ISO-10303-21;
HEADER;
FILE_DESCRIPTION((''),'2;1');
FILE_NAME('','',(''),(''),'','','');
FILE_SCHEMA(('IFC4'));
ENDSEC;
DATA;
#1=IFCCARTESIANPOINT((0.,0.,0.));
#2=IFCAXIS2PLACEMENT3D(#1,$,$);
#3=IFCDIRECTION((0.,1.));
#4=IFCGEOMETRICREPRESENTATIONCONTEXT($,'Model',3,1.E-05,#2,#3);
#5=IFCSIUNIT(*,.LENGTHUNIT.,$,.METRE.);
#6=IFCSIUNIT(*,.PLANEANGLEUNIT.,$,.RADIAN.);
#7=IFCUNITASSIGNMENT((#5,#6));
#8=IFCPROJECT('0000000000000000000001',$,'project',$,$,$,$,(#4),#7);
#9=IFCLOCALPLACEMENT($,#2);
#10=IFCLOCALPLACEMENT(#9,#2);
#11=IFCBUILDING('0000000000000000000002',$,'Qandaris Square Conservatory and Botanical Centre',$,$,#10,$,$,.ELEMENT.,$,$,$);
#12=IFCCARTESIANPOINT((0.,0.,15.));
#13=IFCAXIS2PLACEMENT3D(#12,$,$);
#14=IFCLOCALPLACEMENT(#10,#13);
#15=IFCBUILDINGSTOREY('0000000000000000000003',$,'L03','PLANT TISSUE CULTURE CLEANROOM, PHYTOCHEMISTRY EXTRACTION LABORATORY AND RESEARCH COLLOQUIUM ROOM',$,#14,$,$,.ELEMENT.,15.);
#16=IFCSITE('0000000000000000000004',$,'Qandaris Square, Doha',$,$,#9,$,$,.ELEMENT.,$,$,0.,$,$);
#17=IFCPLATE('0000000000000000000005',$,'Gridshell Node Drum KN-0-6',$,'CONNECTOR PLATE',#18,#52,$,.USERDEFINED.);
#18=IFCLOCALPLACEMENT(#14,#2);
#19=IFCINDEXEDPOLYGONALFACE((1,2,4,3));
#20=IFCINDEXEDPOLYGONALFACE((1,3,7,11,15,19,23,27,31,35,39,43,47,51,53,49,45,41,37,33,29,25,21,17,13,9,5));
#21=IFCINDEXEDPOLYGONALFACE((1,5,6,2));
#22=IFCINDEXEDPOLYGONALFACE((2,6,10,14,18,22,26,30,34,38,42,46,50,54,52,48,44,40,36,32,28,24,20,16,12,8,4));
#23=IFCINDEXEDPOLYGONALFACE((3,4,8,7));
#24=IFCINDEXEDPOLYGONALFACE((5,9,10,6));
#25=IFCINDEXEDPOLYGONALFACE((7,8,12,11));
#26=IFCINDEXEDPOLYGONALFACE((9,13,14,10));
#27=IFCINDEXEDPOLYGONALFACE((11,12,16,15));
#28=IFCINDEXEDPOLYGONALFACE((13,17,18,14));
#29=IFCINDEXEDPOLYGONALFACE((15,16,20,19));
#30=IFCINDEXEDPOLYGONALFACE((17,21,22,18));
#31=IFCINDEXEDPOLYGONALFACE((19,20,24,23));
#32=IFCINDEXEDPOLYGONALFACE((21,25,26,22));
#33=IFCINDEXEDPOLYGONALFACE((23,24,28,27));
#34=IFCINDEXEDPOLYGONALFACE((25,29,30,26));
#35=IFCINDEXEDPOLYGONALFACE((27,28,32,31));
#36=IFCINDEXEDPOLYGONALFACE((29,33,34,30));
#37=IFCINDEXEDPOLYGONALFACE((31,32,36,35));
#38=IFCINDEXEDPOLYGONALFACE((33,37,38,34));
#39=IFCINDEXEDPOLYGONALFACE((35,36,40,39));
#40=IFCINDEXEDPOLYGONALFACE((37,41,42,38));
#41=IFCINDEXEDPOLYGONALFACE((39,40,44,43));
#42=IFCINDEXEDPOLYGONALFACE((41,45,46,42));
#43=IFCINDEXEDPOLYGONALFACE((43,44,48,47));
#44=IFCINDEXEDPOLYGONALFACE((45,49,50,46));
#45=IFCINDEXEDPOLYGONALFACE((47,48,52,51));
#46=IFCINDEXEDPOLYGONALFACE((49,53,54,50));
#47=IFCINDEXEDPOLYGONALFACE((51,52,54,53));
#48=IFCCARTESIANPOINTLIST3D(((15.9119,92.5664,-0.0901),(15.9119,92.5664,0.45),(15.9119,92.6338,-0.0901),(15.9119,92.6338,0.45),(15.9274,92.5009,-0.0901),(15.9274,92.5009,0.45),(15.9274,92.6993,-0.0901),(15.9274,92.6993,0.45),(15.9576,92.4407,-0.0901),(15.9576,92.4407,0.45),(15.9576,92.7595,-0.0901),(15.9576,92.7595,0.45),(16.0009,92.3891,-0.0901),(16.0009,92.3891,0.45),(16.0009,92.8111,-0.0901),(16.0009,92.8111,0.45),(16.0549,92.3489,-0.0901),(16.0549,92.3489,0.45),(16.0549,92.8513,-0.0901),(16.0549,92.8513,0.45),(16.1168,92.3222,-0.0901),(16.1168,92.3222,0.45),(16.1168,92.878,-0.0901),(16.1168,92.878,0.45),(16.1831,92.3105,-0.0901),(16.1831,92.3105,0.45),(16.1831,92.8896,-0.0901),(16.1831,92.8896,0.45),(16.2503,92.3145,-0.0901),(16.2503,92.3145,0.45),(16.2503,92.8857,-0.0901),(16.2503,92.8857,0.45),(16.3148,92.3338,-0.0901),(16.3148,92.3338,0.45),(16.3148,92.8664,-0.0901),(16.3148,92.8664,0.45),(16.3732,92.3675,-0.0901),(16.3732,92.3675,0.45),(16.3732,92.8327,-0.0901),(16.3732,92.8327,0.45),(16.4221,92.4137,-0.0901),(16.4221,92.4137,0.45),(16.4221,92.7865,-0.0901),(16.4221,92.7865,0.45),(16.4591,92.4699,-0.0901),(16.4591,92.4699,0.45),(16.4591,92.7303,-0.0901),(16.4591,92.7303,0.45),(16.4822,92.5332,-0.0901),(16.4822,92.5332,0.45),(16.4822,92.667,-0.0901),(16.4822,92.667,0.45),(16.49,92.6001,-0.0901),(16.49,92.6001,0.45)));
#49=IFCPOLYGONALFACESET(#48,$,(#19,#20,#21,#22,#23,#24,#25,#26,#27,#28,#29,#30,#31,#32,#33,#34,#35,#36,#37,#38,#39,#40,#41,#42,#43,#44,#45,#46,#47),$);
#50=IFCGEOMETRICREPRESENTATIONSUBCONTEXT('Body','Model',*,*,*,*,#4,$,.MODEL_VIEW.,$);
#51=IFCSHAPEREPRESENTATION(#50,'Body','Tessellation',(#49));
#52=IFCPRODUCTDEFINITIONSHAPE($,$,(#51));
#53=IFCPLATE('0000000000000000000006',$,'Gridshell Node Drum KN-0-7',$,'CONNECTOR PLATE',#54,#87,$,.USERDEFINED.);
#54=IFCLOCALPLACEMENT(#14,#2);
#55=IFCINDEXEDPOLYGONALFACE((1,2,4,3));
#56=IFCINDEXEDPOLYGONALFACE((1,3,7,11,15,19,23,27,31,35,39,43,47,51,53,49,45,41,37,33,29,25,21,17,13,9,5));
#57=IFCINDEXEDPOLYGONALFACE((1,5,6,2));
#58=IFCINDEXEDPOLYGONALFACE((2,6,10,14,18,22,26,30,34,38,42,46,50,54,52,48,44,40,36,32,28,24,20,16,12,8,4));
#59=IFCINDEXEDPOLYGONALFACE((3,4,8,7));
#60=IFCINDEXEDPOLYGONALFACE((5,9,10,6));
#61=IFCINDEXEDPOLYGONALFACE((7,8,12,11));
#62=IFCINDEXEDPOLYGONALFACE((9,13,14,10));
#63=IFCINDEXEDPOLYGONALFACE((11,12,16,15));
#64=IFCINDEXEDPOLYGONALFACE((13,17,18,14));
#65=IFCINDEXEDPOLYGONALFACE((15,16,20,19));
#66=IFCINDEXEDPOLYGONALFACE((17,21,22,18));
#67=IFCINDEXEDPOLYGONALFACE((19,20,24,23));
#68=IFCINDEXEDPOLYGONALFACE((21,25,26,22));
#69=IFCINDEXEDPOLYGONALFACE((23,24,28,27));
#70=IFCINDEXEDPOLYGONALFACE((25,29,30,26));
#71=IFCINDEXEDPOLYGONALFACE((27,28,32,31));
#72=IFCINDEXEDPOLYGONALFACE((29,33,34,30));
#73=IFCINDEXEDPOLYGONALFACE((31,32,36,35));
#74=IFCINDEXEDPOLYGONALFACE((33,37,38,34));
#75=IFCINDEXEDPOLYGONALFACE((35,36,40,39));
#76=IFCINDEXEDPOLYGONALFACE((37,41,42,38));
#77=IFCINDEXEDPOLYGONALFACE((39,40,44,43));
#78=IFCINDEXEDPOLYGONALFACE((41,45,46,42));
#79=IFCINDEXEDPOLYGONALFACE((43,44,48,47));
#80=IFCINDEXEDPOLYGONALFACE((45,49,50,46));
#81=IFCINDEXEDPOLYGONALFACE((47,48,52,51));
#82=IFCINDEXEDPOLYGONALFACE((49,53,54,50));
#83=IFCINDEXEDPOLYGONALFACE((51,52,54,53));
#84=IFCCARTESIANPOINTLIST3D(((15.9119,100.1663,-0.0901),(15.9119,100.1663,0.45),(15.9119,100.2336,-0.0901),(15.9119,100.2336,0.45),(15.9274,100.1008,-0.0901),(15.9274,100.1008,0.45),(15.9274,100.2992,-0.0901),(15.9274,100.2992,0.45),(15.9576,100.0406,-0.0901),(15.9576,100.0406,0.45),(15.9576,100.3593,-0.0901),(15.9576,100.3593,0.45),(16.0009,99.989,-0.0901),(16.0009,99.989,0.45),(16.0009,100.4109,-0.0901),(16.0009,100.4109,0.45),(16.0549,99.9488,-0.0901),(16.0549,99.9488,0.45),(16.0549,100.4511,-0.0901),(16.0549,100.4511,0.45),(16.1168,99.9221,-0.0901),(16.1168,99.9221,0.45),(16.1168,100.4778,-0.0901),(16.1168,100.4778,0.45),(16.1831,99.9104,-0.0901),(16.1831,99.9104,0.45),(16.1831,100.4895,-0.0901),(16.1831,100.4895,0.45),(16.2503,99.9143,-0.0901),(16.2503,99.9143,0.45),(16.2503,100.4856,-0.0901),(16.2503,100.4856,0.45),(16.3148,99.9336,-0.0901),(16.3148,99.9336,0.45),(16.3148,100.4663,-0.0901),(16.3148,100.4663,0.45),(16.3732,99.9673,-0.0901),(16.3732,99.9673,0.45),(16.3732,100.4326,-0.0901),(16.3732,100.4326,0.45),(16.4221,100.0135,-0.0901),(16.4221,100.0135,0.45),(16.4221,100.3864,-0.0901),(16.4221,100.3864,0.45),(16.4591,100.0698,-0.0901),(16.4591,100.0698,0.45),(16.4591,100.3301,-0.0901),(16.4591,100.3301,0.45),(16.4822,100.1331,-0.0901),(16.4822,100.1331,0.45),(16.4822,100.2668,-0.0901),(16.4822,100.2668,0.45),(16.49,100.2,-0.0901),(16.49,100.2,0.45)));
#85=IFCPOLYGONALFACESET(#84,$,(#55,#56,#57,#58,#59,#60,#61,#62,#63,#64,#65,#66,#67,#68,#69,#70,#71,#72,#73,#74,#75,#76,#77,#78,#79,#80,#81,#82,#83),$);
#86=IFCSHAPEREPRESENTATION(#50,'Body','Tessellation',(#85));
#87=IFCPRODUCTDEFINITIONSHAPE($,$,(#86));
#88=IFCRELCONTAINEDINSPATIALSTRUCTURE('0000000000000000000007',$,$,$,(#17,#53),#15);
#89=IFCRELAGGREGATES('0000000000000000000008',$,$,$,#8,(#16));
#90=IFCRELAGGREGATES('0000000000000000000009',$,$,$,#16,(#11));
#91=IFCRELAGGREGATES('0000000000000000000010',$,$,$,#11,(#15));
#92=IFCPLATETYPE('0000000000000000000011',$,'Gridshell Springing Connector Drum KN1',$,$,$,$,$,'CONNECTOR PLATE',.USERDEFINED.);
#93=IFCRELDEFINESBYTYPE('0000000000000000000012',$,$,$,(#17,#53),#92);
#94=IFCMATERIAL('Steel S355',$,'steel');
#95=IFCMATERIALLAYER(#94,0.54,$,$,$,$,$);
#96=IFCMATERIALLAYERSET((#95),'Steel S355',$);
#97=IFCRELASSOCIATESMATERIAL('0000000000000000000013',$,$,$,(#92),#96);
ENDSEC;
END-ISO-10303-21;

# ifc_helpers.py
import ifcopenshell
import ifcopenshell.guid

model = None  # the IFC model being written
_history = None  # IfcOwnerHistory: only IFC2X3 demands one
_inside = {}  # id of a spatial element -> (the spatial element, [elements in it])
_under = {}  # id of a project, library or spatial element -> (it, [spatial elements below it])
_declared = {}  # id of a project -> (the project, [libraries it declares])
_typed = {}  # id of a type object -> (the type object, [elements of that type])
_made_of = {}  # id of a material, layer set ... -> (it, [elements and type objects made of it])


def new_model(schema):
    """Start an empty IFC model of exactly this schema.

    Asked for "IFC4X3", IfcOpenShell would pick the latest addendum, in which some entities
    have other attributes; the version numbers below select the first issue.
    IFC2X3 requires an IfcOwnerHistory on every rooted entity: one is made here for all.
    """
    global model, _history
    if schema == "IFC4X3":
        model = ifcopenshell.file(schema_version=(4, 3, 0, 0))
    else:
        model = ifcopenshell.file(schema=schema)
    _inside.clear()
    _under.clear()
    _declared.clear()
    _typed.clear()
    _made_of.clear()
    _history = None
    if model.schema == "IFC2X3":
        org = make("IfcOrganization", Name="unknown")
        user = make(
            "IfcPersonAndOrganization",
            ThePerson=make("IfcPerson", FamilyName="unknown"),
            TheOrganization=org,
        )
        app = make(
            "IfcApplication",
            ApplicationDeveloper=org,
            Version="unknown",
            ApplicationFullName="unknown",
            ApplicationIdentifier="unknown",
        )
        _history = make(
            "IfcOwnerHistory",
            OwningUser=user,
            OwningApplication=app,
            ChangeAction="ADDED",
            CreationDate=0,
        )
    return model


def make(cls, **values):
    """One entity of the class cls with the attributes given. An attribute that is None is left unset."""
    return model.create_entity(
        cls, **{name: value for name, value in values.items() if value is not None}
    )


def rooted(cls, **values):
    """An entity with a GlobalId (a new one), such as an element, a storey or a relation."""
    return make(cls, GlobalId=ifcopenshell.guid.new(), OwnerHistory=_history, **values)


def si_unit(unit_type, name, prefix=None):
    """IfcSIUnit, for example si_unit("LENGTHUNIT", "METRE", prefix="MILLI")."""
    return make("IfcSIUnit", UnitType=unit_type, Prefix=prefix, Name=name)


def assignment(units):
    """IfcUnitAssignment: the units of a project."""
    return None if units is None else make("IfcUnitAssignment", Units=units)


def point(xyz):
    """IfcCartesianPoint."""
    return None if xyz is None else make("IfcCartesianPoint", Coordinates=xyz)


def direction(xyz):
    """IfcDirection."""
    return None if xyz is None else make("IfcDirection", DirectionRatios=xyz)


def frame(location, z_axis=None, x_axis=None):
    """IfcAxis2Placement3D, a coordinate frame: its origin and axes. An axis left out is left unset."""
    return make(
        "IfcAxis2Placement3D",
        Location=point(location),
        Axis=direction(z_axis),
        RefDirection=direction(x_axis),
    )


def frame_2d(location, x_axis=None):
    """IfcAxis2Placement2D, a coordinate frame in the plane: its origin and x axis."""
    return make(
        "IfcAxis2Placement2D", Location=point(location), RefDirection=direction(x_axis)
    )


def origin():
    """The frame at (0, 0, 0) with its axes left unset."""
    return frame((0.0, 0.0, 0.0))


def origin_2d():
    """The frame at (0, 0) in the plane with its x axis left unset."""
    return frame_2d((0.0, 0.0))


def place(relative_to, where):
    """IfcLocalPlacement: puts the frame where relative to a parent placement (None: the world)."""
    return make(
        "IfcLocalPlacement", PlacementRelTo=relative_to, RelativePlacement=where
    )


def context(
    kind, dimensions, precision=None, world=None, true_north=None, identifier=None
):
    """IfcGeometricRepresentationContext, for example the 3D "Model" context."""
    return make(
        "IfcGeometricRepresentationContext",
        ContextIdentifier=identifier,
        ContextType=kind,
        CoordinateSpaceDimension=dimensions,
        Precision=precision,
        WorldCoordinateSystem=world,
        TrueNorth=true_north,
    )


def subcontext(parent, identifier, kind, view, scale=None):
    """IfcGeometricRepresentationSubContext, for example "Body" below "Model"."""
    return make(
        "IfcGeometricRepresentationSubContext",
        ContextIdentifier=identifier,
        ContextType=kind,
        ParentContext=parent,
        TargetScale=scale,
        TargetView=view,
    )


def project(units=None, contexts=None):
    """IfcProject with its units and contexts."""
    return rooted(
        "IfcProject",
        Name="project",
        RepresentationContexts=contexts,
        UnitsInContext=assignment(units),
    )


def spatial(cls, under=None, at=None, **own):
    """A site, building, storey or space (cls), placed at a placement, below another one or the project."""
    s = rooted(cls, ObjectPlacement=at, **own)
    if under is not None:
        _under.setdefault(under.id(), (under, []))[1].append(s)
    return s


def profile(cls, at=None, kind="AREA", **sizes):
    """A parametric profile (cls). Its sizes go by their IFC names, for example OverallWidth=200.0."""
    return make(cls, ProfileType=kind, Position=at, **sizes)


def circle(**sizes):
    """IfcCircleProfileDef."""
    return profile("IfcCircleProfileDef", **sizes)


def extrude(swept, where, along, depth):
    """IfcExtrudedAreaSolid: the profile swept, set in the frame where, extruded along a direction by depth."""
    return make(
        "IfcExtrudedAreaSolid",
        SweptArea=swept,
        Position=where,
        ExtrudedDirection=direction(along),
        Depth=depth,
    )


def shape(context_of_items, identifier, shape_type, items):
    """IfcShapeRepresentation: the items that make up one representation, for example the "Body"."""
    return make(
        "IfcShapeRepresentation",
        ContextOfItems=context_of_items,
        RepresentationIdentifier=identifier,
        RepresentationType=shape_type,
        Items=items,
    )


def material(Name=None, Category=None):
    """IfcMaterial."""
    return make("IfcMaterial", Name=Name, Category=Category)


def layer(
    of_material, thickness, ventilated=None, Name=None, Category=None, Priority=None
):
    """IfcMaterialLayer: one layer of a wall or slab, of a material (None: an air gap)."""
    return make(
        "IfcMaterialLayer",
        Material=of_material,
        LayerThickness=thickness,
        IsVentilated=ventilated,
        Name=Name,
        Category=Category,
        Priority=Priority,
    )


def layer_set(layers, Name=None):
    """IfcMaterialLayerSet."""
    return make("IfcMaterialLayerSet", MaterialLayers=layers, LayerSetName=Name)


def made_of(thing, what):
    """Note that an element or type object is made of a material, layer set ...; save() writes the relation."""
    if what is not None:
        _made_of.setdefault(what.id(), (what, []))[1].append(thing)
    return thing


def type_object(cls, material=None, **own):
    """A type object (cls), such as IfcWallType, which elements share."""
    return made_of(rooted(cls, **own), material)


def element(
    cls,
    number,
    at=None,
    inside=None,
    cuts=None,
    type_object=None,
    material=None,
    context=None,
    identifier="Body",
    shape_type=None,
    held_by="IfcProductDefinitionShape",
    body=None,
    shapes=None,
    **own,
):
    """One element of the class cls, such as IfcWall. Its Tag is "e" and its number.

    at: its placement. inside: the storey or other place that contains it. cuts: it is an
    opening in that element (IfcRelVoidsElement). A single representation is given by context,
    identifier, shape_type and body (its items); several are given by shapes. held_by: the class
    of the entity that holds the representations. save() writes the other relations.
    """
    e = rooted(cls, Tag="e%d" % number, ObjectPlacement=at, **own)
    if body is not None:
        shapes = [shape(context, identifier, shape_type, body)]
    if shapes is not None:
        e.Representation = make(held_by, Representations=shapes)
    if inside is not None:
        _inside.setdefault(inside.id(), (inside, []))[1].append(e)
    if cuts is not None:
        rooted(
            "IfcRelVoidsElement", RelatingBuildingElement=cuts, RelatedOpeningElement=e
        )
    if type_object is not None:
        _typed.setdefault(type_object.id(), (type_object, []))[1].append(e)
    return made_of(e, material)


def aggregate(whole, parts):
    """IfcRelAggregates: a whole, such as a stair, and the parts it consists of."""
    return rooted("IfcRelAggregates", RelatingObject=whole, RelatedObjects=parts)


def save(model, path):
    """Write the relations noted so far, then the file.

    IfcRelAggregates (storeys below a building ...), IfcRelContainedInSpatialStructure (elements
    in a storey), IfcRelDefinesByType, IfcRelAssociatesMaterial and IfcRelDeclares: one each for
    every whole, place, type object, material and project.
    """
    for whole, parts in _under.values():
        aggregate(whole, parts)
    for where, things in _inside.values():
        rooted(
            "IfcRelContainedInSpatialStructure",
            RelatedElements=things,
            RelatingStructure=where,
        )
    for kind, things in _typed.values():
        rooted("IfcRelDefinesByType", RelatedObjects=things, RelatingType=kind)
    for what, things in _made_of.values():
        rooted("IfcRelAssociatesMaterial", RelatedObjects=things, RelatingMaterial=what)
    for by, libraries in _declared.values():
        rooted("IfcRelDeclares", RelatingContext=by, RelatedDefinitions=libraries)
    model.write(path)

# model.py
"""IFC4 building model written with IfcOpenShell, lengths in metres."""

from ifc_helpers import new_model, si_unit, direction, frame, origin, origin_2d, place, context, subcontext, project, spatial, circle, extrude, material, layer, layer_set, type_object, element, save


model = new_model("IFC4")

# Units and contexts
model_context = context("Model", 3, precision=1e-05, world=origin(), true_north=direction((0.0, 1.0)))
body_context = subcontext(model_context, "Body", "Model", "MODEL_VIEW")
ifc_project = project(units=[si_unit("LENGTHUNIT", "METRE"), si_unit("PLANEANGLEUNIT", "RADIAN")], contexts=[model_context])

# Site, building, storey
site_placement = place(None, origin())
site = spatial("IfcSite", under=ifc_project, at=site_placement, Name="Qandaris Square, Doha", CompositionType="ELEMENT", RefElevation=0.0)
building_placement = place(site_placement, origin())
building = spatial("IfcBuilding", under=site, at=building_placement, Name="Qandaris Square Conservatory and Botanical Centre", CompositionType="ELEMENT")
storey_placement = place(building_placement, frame((0.0, 0.0, 15.0)))
storey = spatial("IfcBuildingStorey", under=building, at=storey_placement, Name="L03", Description="PLANT TISSUE CULTURE CLEANROOM, PHYTOCHEMISTRY EXTRACTION LABORATORY AND RESEARCH COLLOQUIUM ROOM", CompositionType="ELEMENT", Elevation=15.0)

# Shared definitions
ifc_material_1 = material(Name="Steel S355", Category="steel")

# Plates
ifc_layer_1 = layer(ifc_material_1, 0.54)
ifc_layer_set_1 = layer_set([ifc_layer_1], Name="Steel S355")
plate_type_1 = type_object("IfcPlateType", Name="Gridshell Springing Connector Drum KN1", ElementType="CONNECTOR PLATE", PredefinedType="USERDEFINED", material=ifc_layer_set_1)
for number, where, z_axis, x_axis, name in (
    (1, (16.2, 92.6001, -0.0901), (0.0, 0.0, 1.0), (1.0, 0.0, 0.0), "Gridshell Node Drum KN-0-6"),
    (2, (16.2, 100.2, -0.0901), (0.0, 0.0, 1.0), (1.0, 0.0, 0.0), "Gridshell Node Drum KN-0-7"),
):
    element("IfcPlate", number, at=place(storey_placement, frame(where, z_axis=z_axis, x_axis=x_axis)), inside=storey, type_object=plate_type_1, Name=name, ObjectType="CONNECTOR PLATE", PredefinedType="USERDEFINED", context=body_context, shape_type="SweptSolid", body=[
        extrude(circle(Radius=0.29, at=origin_2d()), origin(), (0.0, 0.0, 1.0), 0.54),
    ])

save(model, "model.ifc")
